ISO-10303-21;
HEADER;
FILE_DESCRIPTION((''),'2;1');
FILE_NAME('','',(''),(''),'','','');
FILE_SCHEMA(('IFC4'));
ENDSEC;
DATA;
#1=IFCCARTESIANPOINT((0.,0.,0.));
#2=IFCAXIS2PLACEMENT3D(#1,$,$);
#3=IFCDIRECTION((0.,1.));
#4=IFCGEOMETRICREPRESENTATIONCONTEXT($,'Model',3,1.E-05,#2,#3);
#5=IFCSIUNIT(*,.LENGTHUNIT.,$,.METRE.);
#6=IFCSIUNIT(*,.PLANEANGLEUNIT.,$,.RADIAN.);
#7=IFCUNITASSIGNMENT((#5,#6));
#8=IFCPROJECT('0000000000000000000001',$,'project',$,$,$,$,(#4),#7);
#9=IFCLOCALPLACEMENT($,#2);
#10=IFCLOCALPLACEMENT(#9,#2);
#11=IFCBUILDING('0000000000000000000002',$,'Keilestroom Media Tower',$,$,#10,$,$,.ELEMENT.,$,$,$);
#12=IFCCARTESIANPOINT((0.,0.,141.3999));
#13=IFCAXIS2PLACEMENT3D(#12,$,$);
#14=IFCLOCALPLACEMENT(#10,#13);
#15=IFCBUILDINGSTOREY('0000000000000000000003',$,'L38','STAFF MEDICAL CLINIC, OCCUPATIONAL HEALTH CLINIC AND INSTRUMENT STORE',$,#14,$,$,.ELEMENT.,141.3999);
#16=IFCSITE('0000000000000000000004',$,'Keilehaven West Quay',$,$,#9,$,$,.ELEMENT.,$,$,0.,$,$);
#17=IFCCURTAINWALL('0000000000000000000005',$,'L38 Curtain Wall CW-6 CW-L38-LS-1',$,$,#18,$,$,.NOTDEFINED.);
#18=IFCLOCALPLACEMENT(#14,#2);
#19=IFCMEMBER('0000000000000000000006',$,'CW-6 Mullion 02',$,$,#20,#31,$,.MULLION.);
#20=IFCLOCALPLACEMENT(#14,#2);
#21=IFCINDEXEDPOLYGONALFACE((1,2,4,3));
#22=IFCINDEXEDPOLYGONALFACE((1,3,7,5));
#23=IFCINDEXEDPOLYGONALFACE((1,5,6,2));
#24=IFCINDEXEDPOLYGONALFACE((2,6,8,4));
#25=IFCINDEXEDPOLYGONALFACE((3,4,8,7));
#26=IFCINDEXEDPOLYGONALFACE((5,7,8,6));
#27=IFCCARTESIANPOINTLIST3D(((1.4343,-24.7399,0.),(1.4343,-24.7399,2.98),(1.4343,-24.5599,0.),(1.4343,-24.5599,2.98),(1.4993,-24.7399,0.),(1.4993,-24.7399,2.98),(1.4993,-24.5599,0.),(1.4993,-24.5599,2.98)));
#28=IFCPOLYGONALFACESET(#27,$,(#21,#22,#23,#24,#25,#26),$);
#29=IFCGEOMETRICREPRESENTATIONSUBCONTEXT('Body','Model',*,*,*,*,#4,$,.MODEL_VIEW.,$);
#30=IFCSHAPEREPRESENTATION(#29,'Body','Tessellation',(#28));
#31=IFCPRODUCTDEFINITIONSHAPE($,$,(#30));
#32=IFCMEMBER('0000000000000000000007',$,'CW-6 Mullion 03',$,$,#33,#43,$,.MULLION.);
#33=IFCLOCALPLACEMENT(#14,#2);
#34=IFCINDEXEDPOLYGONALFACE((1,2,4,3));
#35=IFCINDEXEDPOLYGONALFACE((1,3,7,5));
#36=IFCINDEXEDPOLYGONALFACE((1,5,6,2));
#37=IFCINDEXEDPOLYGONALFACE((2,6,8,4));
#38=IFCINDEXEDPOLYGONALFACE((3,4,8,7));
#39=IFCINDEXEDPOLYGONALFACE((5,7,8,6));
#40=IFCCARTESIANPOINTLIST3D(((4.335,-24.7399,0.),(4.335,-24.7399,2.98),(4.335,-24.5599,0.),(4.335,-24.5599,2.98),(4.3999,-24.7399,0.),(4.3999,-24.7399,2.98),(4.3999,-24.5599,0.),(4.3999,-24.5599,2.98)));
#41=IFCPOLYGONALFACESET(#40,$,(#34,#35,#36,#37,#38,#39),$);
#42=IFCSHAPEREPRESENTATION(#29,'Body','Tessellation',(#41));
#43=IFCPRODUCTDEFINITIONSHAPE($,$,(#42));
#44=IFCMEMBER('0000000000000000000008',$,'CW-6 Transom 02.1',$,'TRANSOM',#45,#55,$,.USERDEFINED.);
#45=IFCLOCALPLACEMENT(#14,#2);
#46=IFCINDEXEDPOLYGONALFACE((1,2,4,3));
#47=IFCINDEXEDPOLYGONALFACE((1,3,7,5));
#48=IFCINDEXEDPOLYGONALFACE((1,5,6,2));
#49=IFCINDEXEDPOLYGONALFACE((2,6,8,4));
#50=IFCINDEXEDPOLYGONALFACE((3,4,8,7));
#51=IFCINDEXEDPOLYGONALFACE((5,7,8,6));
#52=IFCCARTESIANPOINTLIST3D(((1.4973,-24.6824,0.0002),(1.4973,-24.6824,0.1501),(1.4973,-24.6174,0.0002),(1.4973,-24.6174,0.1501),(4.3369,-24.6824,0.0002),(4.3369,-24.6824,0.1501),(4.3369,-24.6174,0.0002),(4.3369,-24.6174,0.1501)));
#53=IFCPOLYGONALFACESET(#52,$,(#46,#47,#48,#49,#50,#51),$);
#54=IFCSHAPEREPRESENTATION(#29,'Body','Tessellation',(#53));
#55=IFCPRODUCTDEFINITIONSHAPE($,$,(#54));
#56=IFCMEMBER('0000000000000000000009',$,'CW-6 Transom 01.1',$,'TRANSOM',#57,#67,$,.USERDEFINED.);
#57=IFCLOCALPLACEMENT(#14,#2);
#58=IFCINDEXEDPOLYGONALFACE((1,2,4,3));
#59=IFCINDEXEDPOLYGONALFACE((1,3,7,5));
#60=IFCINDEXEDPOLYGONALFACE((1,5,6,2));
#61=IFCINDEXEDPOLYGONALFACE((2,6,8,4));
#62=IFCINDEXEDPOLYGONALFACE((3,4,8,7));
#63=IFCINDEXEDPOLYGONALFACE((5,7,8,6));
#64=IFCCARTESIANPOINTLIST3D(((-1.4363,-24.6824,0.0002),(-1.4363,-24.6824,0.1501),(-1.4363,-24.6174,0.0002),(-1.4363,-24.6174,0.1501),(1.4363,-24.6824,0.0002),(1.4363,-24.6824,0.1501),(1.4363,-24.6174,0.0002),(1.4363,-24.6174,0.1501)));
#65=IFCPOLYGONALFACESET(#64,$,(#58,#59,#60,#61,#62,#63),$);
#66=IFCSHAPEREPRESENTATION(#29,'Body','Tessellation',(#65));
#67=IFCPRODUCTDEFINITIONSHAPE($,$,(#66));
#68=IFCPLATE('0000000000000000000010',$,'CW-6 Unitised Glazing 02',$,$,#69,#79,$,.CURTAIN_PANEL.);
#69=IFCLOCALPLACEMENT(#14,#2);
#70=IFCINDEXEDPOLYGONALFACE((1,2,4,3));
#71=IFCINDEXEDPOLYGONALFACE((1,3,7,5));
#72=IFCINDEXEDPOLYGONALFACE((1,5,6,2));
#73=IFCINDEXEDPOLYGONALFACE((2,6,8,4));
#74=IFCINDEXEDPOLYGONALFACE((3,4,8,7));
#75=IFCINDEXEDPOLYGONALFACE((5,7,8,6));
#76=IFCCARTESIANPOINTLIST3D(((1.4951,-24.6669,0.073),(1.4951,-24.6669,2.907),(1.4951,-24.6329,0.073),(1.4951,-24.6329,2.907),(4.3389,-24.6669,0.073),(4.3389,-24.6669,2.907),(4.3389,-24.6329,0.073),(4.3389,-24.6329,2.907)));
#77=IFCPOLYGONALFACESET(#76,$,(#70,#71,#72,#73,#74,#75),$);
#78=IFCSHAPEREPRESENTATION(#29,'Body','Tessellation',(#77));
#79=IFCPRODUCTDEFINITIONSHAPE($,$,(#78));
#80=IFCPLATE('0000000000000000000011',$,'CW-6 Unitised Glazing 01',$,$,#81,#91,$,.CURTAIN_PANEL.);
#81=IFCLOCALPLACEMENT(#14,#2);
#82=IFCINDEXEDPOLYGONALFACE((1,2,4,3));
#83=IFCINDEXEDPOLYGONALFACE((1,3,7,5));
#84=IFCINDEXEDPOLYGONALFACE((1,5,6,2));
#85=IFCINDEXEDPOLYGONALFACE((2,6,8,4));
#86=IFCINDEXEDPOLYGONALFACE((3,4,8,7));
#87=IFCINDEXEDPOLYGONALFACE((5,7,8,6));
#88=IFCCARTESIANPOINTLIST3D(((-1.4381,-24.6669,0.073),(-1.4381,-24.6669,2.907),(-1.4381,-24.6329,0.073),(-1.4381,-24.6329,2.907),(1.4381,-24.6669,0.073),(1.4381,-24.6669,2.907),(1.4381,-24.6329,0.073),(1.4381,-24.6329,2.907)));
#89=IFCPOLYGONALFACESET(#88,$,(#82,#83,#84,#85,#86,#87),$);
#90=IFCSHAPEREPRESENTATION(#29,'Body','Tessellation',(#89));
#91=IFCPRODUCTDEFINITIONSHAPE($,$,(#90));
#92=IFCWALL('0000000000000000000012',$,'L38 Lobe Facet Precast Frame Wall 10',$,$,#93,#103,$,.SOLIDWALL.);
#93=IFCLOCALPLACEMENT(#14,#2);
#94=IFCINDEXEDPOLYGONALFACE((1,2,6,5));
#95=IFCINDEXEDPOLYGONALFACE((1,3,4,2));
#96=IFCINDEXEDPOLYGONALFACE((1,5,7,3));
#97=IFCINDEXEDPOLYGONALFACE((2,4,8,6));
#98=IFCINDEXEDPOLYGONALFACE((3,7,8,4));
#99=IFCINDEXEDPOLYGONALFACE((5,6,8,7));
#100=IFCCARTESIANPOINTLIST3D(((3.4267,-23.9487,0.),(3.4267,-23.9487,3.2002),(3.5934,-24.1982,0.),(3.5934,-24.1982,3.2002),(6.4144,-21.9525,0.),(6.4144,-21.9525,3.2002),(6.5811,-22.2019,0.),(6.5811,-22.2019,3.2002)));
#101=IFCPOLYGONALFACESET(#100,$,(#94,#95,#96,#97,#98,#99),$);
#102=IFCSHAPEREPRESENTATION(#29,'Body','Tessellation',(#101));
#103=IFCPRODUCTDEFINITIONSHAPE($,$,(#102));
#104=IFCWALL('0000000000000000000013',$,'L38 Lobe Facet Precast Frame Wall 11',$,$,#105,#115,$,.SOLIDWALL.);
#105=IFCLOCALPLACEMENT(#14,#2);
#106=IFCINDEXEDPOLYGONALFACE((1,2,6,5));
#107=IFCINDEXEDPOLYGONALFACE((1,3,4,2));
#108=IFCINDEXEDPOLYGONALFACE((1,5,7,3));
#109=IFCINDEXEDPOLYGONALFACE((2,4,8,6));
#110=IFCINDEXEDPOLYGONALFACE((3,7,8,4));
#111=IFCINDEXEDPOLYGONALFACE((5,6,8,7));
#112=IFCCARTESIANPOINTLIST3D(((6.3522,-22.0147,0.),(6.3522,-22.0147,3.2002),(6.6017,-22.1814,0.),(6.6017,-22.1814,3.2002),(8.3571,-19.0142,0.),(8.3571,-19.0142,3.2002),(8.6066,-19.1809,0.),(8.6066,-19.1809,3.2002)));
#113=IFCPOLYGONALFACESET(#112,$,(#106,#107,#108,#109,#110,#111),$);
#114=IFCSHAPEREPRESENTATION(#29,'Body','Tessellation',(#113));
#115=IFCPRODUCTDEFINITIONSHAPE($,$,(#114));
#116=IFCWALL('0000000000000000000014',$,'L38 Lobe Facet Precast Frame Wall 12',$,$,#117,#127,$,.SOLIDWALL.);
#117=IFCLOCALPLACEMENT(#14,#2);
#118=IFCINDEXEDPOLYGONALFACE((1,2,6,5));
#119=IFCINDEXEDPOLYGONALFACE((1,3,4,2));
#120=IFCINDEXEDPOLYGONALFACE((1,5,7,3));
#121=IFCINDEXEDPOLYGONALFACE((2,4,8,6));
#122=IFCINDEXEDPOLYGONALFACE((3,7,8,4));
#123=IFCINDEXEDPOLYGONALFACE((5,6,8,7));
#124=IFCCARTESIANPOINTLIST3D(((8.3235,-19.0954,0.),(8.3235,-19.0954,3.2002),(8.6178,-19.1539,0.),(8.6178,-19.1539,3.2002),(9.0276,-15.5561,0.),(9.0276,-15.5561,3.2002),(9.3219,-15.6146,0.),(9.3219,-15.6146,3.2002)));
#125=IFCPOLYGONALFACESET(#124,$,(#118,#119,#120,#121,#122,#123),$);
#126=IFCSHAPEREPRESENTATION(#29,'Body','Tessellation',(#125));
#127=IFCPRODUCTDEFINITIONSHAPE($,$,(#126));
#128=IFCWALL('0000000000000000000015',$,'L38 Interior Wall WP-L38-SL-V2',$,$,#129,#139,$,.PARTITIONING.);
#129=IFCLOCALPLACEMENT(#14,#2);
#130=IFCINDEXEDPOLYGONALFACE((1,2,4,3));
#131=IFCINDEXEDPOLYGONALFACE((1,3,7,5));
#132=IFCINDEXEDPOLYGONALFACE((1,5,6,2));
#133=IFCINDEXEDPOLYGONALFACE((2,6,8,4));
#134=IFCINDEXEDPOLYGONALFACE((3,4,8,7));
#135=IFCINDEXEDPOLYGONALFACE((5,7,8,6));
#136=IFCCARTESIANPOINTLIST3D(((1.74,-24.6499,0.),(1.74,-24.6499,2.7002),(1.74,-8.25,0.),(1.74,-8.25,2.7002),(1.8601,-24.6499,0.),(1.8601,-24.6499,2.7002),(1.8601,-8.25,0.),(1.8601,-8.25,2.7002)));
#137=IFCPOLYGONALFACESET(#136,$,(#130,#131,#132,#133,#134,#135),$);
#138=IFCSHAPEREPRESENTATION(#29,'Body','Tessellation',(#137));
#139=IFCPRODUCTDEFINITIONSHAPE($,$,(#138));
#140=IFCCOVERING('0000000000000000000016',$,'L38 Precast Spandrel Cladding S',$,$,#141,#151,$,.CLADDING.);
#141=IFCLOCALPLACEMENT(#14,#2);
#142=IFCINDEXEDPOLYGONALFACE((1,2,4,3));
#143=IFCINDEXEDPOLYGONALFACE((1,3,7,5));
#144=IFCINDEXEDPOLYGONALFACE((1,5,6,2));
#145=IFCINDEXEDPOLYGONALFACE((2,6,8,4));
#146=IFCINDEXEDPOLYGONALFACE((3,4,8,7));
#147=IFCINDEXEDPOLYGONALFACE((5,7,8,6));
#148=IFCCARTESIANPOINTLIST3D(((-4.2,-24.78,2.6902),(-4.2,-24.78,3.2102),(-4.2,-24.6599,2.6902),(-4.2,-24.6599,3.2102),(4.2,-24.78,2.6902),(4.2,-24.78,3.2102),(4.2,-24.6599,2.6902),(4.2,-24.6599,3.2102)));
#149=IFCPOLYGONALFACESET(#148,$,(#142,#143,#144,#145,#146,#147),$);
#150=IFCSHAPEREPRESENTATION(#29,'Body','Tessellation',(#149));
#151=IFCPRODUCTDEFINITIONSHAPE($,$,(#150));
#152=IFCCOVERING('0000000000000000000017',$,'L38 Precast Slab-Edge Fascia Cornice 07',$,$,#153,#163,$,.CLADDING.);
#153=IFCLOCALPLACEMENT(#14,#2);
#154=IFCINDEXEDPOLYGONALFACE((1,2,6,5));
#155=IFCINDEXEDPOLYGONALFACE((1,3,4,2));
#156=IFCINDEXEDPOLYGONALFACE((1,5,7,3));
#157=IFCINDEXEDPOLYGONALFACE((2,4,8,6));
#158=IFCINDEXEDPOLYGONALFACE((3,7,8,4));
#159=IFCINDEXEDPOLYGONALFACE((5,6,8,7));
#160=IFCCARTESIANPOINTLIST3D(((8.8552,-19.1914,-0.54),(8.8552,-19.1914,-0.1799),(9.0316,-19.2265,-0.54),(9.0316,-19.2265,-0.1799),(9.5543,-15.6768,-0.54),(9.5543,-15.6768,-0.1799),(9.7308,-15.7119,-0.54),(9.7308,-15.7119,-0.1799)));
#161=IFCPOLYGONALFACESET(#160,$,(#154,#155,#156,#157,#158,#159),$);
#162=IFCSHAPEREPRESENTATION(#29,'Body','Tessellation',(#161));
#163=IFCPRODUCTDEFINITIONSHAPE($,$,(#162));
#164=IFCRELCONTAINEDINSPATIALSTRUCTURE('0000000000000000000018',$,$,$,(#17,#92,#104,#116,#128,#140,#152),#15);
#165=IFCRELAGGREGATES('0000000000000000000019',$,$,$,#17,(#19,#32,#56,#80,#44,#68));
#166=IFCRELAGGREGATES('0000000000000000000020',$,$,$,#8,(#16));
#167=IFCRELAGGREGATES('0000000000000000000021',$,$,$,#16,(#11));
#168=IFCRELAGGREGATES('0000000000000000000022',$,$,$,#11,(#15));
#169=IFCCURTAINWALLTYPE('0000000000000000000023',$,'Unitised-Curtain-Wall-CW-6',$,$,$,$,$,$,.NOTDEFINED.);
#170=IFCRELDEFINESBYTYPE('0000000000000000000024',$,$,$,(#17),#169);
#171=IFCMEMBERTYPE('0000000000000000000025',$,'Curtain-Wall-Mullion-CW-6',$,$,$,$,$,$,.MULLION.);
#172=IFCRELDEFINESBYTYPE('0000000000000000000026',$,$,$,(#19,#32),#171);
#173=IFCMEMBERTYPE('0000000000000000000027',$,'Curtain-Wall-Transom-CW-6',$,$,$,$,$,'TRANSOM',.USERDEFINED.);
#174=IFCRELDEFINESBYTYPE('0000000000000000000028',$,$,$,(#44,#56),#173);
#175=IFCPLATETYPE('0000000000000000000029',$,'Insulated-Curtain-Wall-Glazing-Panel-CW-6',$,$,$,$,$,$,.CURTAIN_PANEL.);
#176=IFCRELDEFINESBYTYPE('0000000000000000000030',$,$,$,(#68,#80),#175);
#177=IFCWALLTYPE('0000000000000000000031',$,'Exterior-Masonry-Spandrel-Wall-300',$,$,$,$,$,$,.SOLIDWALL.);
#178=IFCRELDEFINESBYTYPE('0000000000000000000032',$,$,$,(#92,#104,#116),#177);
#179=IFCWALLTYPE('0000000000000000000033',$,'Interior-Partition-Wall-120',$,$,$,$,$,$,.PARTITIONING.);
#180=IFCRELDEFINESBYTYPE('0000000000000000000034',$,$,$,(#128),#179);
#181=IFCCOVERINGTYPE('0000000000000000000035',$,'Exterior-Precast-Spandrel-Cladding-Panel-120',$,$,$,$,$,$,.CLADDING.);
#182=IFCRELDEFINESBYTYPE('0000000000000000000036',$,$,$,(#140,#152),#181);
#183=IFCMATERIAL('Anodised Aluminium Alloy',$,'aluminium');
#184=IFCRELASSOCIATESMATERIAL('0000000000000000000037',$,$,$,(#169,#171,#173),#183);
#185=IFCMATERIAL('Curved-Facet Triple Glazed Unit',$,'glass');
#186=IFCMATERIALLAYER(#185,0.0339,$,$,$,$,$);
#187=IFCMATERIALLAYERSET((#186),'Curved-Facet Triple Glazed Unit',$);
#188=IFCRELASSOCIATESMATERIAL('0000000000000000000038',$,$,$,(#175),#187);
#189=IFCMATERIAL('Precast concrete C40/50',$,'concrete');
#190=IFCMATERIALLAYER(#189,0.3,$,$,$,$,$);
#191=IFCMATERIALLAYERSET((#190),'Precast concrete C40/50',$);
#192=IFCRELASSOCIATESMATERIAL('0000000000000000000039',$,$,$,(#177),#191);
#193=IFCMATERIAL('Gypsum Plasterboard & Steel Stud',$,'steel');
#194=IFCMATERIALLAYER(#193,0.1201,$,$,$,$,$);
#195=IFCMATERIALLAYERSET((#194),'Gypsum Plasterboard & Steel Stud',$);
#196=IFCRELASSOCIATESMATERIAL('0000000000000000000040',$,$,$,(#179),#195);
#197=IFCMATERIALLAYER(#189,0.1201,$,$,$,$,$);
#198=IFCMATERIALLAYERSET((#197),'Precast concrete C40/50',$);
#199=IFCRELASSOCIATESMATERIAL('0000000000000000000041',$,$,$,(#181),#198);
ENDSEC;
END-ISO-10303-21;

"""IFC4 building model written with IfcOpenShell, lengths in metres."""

from ifc_helpers import new_model, si_unit, direction, frame, frame_2d, origin, origin_2d, place, context, subcontext, project, spatial, rectangle, extrude, source, transform, mapped, material, layer, layer_set, material_profile, profile_set, type_object, element, aggregate, save


model = new_model("IFC4")

# Units and contexts
model_context = context("Model", 3, precision=1e-05, world=origin(), true_north=direction((0.0, 1.0)))
body_context = subcontext(model_context, "Body", "Model", "MODEL_VIEW")
ifc_project = project(units=[si_unit("LENGTHUNIT", "METRE"), si_unit("PLANEANGLEUNIT", "RADIAN")], contexts=[model_context])

# Site, building, storey
site_placement = place(None, origin())
site = spatial("IfcSite", under=ifc_project, at=site_placement, Name="Keilehaven West Quay", CompositionType="ELEMENT", RefElevation=0.0)
building_placement = place(site_placement, origin())
building = spatial("IfcBuilding", under=site, at=building_placement, Name="Keilestroom Media Tower", CompositionType="ELEMENT")
storey_placement = place(building_placement, frame((0.0, 0.0, 141.3999)))
storey = spatial("IfcBuildingStorey", under=building, at=storey_placement, Name="L38", Description="STAFF MEDICAL CLINIC, OCCUPATIONAL HEALTH CLINIC AND INSTRUMENT STORE", CompositionType="ELEMENT", Elevation=141.3999)

# Curtain wall, members, plates
ifc_material_1 = material(Name="Anodised Aluminium Alloy", Category="aluminium")
curtain_wall_type = type_object("IfcCurtainWallType", Name="Unitised-Curtain-Wall-CW-6", PredefinedType="NOTDEFINED", material=ifc_material_1)
curtain_wall_placement = place(storey_placement, origin())
curtain_wall = element("IfcCurtainWall", 1, at=curtain_wall_placement, inside=storey, type_object=curtain_wall_type, Name="L38 Curtain Wall CW-6 CW-L38-LS-1", PredefinedType="NOTDEFINED")
ifc_material_profile_1 = material_profile(ifc_material_1, rectangle(XDim=0.0649, YDim=0.1799, at=origin_2d()), Name="ALU MULLION 65x180")
ifc_profile_set_1 = profile_set([ifc_material_profile_1], Name="Anodised Aluminium Alloy")
member_type_1 = type_object("IfcMemberType", Name="Curtain-Wall-Mullion-CW-6", PredefinedType="MULLION", material=ifc_profile_set_1)
shared_shape_1 = source(origin(), body_context, "Body", "SweptSolid", [
    extrude(rectangle(XDim=0.0649, YDim=0.1799, at=origin_2d()), origin(), (0.0, 0.0, 1.0), 2.98),
])
member_1_placement = place(storey_placement, frame((1.4668, -24.6499, 0.0), z_axis=(0.0, 0.0, 1.0), x_axis=(1.0, 0.0, 0.0)))
member_1 = element("IfcMember", 2, at=member_1_placement, type_object=member_type_1, Name="CW-6 Mullion 02", PredefinedType="MULLION", context=body_context, shape_type="MappedRepresentation", body=[
    mapped(shared_shape_1, transform((0.0, 0.0, 0.0), x_axis=(1.0, 0.0, 0.0), y_axis=(0.0, 1.0, 0.0), z_axis=(0.0, 0.0, 1.0), scale=1.0)),
])
member_2_placement = place(storey_placement, frame((4.3674, -24.6499, 0.0), z_axis=(0.0, 0.0, 1.0), x_axis=(1.0, 0.0, 0.0)))
member_2 = element("IfcMember", 3, at=member_2_placement, type_object=member_type_1, Name="CW-6 Mullion 03", PredefinedType="MULLION", context=body_context, shape_type="MappedRepresentation", body=[
    mapped(shared_shape_1, transform((0.0, 0.0, 0.0), x_axis=(1.0, 0.0, 0.0), y_axis=(0.0, 1.0, 0.0), z_axis=(0.0, 0.0, 1.0), scale=1.0)),
])
ifc_material_profile_2 = material_profile(ifc_material_1, rectangle(XDim=0.0649, YDim=0.1499, at=origin_2d()), Name="ALU TRANSOM 65x150")
ifc_profile_set_2 = profile_set([ifc_material_profile_2], Name="Anodised Aluminium Alloy")
member_type_2 = type_object("IfcMemberType", Name="Curtain-Wall-Transom-CW-6", ElementType="TRANSOM", PredefinedType="USERDEFINED", material=ifc_profile_set_2)
shared_shape_2 = source(origin(), body_context, "Body", "SweptSolid", [
    extrude(rectangle(XDim=0.0649, YDim=0.1499, at=origin_2d()), origin(), (0.0, 0.0, 1.0), 2.8396),
])
member_3_placement = place(storey_placement, frame((1.4973, -24.6499, 0.0752), z_axis=(1.0, 0.0, 0.0), x_axis=(0.0, 1.0, 0.0)))
member_3 = element("IfcMember", 4, at=member_3_placement, type_object=member_type_2, Name="CW-6 Transom 02.1", ObjectType="TRANSOM", PredefinedType="USERDEFINED", context=body_context, shape_type="MappedRepresentation", body=[
    mapped(shared_shape_2, transform((0.0, 0.0, 0.0), x_axis=(1.0, 0.0, 0.0), y_axis=(0.0, 1.0, 0.0), z_axis=(0.0, 0.0, 1.0), scale=1.0)),
])
shared_shape_3 = source(origin(), body_context, "Body", "SweptSolid", [
    extrude(rectangle(XDim=0.0649, YDim=0.1499, at=origin_2d()), origin(), (0.0, 0.0, 1.0), 2.8726),
])
member_4_placement = place(storey_placement, frame((-1.4363, -24.6499, 0.0752), z_axis=(1.0, 0.0, 0.0), x_axis=(0.0, 1.0, 0.0)))
member_4 = element("IfcMember", 5, at=member_4_placement, type_object=member_type_2, Name="CW-6 Transom 01.1", ObjectType="TRANSOM", PredefinedType="USERDEFINED", context=body_context, shape_type="MappedRepresentation", body=[
    mapped(shared_shape_3, transform((0.0, 0.0, 0.0), x_axis=(1.0, 0.0, 0.0), y_axis=(0.0, 1.0, 0.0), z_axis=(0.0, 0.0, 1.0), scale=1.0)),
])
ifc_material_2 = material(Name="Curved-Facet Triple Glazed Unit", Category="glass")
ifc_layer_1 = layer(ifc_material_2, 0.0339)
ifc_layer_set_1 = layer_set([ifc_layer_1], Name="Curved-Facet Triple Glazed Unit")
plate_type = type_object("IfcPlateType", Name="Insulated-Curtain-Wall-Glazing-Panel-CW-6", PredefinedType="CURTAIN_PANEL", material=ifc_layer_set_1)
shared_shape_4 = source(origin(), body_context, "Body", "SweptSolid", [
    extrude(rectangle(XDim=2.8438, YDim=0.0339, at=origin_2d()), origin(), (0.0, 0.0, 1.0), 2.834),
])
plate_1_placement = place(storey_placement, frame((2.917, -24.6499, 0.073), z_axis=(0.0, 0.0, 1.0), x_axis=(1.0, 0.0, 0.0)))
plate_1 = element("IfcPlate", 6, at=plate_1_placement, type_object=plate_type, Name="CW-6 Unitised Glazing 02", PredefinedType="CURTAIN_PANEL", context=body_context, shape_type="MappedRepresentation", body=[
    mapped(shared_shape_4, transform((0.0, 0.0, 0.0), x_axis=(1.0, 0.0, 0.0), y_axis=(0.0, 1.0, 0.0), z_axis=(0.0, 0.0, 1.0), scale=1.0)),
])
shared_shape_5 = source(origin(), body_context, "Body", "SweptSolid", [
    extrude(rectangle(XDim=2.8762, YDim=0.0339, at=origin_2d()), origin(), (0.0, 0.0, 1.0), 2.834),
])
plate_2_placement = place(storey_placement, frame((0.0, -24.6499, 0.073), z_axis=(0.0, 0.0, 1.0), x_axis=(1.0, 0.0, 0.0)))
plate_2 = element("IfcPlate", 7, at=plate_2_placement, type_object=plate_type, Name="CW-6 Unitised Glazing 01", PredefinedType="CURTAIN_PANEL", context=body_context, shape_type="MappedRepresentation", body=[
    mapped(shared_shape_5, transform((0.0, 0.0, 0.0), x_axis=(1.0, 0.0, 0.0), y_axis=(0.0, 1.0, 0.0), z_axis=(0.0, 0.0, 1.0), scale=1.0)),
])
aggregate(curtain_wall, [member_1, member_2, member_4, plate_2, member_3, plate_1])

# Walls
ifc_material_3 = material(Name="Precast concrete C40/50", Category="concrete")
ifc_layer_2 = layer(ifc_material_3, 0.3)
ifc_layer_set_2 = layer_set([ifc_layer_2], Name="Precast concrete C40/50")
wall_type_1 = type_object("IfcWallType", Name="Exterior-Masonry-Spandrel-Wall-300", PredefinedType="SOLIDWALL", material=ifc_layer_set_2)
wall_1_placement = place(storey_placement, frame((3.51, -24.0735, 0.0), z_axis=(0.0, 0.0, 1.0), x_axis=(0.831475, 0.555562, 0.0)))
element("IfcWall", 8, at=wall_1_placement, inside=storey, type_object=wall_type_1, Name="L38 Lobe Facet Precast Frame Wall 10", PredefinedType="SOLIDWALL", context=body_context, shape_type="SweptSolid", body=[
    extrude(rectangle(XDim=3.5933, YDim=0.3, at=frame_2d((1.7966, 0.0))), origin(), (0.0, 0.0, 1.0), 3.2002),
])
for number, where, z_axis, x_axis, name in (
    (9, (6.4771, -22.0979, 0.0), (0.0, 0.0, 1.0), (0.555574, 0.831467, 0.0), "L38 Lobe Facet Precast Frame Wall 11"),
    (10, (8.4707, -19.1245, 0.0), (0.0, 0.0, 1.0), (0.195114, 0.980781, 0.0), "L38 Lobe Facet Precast Frame Wall 12"),
):
    element("IfcWall", number, at=place(storey_placement, frame(where, z_axis=z_axis, x_axis=x_axis)), inside=storey, type_object=wall_type_1, Name=name, PredefinedType="SOLIDWALL", context=body_context, shape_type="SweptSolid", body=[
        extrude(rectangle(XDim=3.6086, YDim=0.3, at=frame_2d((1.8042, 0.0))), origin(), (0.0, 0.0, 1.0), 3.2002),
    ])
ifc_material_4 = material(Name="Gypsum Plasterboard & Steel Stud", Category="steel")
ifc_layer_3 = layer(ifc_material_4, 0.1201)
ifc_layer_set_3 = layer_set([ifc_layer_3], Name="Gypsum Plasterboard & Steel Stud")
wall_type_2 = type_object("IfcWallType", Name="Interior-Partition-Wall-120", PredefinedType="PARTITIONING", material=ifc_layer_set_3)
wall_2_placement = place(storey_placement, frame((1.8, -24.6499, 0.0), z_axis=(0.0, 0.0, 1.0), x_axis=(0.0, 1.0, 0.0)))
element("IfcWall", 11, at=wall_2_placement, inside=storey, type_object=wall_type_2, Name="L38 Interior Wall WP-L38-SL-V2", PredefinedType="PARTITIONING", context=body_context, shape_type="SweptSolid", body=[
    extrude(rectangle(XDim=16.3999, YDim=0.1201, at=frame_2d((8.2, 0.0))), origin(), (0.0, 0.0, 1.0), 2.7002),
])

# Coverings
ifc_layer_4 = layer(ifc_material_3, 0.1201)
ifc_layer_set_4 = layer_set([ifc_layer_4], Name="Precast concrete C40/50")
covering_type = type_object("IfcCoveringType", Name="Exterior-Precast-Spandrel-Cladding-Panel-120", PredefinedType="CLADDING", material=ifc_layer_set_4)
shared_shape_6 = source(origin(), body_context, "Body", "SweptSolid", [
    extrude(rectangle(XDim=8.3999, YDim=0.1201, at=origin_2d()), origin(), (0.0, 0.0, 1.0), 0.52),
])
covering_1_placement = place(storey_placement, frame((0.0, -24.72, 2.6902), z_axis=(0.0, 0.0, 1.0), x_axis=(1.0, 0.0, 0.0)))
element("IfcCovering", 12, at=covering_1_placement, inside=storey, type_object=covering_type, Name="L38 Precast Spandrel Cladding S", PredefinedType="CLADDING", context=body_context, shape_type="MappedRepresentation", body=[
    mapped(shared_shape_6, transform((0.0, 0.0, 0.0), x_axis=(1.0, 0.0, 0.0), y_axis=(0.0, 1.0, 0.0), z_axis=(0.0, 0.0, 1.0), scale=1.0)),
])
shared_shape_7 = source(origin(), body_context, "Body", "SweptSolid", [
    extrude(rectangle(XDim=3.5835, YDim=0.1799, at=origin_2d()), origin(), (0.0, 0.0, 1.0), 0.3601),
])
covering_2_placement = place(storey_placement, frame((9.293, -17.4517, -0.54), z_axis=(0.0, 0.0, 1.0), x_axis=(-0.195099, -0.980784, 0.0)))
element("IfcCovering", 13, at=covering_2_placement, inside=storey, type_object=covering_type, Name="L38 Precast Slab-Edge Fascia Cornice 07", PredefinedType="CLADDING", context=body_context, shape_type="MappedRepresentation", body=[
    mapped(shared_shape_7, transform((0.0, 0.0, 0.0), x_axis=(1.0, 0.0, 0.0), y_axis=(0.0, 1.0, 0.0), z_axis=(0.0, 0.0, 1.0), scale=1.0)),
])

save(model, "model.ifc")
